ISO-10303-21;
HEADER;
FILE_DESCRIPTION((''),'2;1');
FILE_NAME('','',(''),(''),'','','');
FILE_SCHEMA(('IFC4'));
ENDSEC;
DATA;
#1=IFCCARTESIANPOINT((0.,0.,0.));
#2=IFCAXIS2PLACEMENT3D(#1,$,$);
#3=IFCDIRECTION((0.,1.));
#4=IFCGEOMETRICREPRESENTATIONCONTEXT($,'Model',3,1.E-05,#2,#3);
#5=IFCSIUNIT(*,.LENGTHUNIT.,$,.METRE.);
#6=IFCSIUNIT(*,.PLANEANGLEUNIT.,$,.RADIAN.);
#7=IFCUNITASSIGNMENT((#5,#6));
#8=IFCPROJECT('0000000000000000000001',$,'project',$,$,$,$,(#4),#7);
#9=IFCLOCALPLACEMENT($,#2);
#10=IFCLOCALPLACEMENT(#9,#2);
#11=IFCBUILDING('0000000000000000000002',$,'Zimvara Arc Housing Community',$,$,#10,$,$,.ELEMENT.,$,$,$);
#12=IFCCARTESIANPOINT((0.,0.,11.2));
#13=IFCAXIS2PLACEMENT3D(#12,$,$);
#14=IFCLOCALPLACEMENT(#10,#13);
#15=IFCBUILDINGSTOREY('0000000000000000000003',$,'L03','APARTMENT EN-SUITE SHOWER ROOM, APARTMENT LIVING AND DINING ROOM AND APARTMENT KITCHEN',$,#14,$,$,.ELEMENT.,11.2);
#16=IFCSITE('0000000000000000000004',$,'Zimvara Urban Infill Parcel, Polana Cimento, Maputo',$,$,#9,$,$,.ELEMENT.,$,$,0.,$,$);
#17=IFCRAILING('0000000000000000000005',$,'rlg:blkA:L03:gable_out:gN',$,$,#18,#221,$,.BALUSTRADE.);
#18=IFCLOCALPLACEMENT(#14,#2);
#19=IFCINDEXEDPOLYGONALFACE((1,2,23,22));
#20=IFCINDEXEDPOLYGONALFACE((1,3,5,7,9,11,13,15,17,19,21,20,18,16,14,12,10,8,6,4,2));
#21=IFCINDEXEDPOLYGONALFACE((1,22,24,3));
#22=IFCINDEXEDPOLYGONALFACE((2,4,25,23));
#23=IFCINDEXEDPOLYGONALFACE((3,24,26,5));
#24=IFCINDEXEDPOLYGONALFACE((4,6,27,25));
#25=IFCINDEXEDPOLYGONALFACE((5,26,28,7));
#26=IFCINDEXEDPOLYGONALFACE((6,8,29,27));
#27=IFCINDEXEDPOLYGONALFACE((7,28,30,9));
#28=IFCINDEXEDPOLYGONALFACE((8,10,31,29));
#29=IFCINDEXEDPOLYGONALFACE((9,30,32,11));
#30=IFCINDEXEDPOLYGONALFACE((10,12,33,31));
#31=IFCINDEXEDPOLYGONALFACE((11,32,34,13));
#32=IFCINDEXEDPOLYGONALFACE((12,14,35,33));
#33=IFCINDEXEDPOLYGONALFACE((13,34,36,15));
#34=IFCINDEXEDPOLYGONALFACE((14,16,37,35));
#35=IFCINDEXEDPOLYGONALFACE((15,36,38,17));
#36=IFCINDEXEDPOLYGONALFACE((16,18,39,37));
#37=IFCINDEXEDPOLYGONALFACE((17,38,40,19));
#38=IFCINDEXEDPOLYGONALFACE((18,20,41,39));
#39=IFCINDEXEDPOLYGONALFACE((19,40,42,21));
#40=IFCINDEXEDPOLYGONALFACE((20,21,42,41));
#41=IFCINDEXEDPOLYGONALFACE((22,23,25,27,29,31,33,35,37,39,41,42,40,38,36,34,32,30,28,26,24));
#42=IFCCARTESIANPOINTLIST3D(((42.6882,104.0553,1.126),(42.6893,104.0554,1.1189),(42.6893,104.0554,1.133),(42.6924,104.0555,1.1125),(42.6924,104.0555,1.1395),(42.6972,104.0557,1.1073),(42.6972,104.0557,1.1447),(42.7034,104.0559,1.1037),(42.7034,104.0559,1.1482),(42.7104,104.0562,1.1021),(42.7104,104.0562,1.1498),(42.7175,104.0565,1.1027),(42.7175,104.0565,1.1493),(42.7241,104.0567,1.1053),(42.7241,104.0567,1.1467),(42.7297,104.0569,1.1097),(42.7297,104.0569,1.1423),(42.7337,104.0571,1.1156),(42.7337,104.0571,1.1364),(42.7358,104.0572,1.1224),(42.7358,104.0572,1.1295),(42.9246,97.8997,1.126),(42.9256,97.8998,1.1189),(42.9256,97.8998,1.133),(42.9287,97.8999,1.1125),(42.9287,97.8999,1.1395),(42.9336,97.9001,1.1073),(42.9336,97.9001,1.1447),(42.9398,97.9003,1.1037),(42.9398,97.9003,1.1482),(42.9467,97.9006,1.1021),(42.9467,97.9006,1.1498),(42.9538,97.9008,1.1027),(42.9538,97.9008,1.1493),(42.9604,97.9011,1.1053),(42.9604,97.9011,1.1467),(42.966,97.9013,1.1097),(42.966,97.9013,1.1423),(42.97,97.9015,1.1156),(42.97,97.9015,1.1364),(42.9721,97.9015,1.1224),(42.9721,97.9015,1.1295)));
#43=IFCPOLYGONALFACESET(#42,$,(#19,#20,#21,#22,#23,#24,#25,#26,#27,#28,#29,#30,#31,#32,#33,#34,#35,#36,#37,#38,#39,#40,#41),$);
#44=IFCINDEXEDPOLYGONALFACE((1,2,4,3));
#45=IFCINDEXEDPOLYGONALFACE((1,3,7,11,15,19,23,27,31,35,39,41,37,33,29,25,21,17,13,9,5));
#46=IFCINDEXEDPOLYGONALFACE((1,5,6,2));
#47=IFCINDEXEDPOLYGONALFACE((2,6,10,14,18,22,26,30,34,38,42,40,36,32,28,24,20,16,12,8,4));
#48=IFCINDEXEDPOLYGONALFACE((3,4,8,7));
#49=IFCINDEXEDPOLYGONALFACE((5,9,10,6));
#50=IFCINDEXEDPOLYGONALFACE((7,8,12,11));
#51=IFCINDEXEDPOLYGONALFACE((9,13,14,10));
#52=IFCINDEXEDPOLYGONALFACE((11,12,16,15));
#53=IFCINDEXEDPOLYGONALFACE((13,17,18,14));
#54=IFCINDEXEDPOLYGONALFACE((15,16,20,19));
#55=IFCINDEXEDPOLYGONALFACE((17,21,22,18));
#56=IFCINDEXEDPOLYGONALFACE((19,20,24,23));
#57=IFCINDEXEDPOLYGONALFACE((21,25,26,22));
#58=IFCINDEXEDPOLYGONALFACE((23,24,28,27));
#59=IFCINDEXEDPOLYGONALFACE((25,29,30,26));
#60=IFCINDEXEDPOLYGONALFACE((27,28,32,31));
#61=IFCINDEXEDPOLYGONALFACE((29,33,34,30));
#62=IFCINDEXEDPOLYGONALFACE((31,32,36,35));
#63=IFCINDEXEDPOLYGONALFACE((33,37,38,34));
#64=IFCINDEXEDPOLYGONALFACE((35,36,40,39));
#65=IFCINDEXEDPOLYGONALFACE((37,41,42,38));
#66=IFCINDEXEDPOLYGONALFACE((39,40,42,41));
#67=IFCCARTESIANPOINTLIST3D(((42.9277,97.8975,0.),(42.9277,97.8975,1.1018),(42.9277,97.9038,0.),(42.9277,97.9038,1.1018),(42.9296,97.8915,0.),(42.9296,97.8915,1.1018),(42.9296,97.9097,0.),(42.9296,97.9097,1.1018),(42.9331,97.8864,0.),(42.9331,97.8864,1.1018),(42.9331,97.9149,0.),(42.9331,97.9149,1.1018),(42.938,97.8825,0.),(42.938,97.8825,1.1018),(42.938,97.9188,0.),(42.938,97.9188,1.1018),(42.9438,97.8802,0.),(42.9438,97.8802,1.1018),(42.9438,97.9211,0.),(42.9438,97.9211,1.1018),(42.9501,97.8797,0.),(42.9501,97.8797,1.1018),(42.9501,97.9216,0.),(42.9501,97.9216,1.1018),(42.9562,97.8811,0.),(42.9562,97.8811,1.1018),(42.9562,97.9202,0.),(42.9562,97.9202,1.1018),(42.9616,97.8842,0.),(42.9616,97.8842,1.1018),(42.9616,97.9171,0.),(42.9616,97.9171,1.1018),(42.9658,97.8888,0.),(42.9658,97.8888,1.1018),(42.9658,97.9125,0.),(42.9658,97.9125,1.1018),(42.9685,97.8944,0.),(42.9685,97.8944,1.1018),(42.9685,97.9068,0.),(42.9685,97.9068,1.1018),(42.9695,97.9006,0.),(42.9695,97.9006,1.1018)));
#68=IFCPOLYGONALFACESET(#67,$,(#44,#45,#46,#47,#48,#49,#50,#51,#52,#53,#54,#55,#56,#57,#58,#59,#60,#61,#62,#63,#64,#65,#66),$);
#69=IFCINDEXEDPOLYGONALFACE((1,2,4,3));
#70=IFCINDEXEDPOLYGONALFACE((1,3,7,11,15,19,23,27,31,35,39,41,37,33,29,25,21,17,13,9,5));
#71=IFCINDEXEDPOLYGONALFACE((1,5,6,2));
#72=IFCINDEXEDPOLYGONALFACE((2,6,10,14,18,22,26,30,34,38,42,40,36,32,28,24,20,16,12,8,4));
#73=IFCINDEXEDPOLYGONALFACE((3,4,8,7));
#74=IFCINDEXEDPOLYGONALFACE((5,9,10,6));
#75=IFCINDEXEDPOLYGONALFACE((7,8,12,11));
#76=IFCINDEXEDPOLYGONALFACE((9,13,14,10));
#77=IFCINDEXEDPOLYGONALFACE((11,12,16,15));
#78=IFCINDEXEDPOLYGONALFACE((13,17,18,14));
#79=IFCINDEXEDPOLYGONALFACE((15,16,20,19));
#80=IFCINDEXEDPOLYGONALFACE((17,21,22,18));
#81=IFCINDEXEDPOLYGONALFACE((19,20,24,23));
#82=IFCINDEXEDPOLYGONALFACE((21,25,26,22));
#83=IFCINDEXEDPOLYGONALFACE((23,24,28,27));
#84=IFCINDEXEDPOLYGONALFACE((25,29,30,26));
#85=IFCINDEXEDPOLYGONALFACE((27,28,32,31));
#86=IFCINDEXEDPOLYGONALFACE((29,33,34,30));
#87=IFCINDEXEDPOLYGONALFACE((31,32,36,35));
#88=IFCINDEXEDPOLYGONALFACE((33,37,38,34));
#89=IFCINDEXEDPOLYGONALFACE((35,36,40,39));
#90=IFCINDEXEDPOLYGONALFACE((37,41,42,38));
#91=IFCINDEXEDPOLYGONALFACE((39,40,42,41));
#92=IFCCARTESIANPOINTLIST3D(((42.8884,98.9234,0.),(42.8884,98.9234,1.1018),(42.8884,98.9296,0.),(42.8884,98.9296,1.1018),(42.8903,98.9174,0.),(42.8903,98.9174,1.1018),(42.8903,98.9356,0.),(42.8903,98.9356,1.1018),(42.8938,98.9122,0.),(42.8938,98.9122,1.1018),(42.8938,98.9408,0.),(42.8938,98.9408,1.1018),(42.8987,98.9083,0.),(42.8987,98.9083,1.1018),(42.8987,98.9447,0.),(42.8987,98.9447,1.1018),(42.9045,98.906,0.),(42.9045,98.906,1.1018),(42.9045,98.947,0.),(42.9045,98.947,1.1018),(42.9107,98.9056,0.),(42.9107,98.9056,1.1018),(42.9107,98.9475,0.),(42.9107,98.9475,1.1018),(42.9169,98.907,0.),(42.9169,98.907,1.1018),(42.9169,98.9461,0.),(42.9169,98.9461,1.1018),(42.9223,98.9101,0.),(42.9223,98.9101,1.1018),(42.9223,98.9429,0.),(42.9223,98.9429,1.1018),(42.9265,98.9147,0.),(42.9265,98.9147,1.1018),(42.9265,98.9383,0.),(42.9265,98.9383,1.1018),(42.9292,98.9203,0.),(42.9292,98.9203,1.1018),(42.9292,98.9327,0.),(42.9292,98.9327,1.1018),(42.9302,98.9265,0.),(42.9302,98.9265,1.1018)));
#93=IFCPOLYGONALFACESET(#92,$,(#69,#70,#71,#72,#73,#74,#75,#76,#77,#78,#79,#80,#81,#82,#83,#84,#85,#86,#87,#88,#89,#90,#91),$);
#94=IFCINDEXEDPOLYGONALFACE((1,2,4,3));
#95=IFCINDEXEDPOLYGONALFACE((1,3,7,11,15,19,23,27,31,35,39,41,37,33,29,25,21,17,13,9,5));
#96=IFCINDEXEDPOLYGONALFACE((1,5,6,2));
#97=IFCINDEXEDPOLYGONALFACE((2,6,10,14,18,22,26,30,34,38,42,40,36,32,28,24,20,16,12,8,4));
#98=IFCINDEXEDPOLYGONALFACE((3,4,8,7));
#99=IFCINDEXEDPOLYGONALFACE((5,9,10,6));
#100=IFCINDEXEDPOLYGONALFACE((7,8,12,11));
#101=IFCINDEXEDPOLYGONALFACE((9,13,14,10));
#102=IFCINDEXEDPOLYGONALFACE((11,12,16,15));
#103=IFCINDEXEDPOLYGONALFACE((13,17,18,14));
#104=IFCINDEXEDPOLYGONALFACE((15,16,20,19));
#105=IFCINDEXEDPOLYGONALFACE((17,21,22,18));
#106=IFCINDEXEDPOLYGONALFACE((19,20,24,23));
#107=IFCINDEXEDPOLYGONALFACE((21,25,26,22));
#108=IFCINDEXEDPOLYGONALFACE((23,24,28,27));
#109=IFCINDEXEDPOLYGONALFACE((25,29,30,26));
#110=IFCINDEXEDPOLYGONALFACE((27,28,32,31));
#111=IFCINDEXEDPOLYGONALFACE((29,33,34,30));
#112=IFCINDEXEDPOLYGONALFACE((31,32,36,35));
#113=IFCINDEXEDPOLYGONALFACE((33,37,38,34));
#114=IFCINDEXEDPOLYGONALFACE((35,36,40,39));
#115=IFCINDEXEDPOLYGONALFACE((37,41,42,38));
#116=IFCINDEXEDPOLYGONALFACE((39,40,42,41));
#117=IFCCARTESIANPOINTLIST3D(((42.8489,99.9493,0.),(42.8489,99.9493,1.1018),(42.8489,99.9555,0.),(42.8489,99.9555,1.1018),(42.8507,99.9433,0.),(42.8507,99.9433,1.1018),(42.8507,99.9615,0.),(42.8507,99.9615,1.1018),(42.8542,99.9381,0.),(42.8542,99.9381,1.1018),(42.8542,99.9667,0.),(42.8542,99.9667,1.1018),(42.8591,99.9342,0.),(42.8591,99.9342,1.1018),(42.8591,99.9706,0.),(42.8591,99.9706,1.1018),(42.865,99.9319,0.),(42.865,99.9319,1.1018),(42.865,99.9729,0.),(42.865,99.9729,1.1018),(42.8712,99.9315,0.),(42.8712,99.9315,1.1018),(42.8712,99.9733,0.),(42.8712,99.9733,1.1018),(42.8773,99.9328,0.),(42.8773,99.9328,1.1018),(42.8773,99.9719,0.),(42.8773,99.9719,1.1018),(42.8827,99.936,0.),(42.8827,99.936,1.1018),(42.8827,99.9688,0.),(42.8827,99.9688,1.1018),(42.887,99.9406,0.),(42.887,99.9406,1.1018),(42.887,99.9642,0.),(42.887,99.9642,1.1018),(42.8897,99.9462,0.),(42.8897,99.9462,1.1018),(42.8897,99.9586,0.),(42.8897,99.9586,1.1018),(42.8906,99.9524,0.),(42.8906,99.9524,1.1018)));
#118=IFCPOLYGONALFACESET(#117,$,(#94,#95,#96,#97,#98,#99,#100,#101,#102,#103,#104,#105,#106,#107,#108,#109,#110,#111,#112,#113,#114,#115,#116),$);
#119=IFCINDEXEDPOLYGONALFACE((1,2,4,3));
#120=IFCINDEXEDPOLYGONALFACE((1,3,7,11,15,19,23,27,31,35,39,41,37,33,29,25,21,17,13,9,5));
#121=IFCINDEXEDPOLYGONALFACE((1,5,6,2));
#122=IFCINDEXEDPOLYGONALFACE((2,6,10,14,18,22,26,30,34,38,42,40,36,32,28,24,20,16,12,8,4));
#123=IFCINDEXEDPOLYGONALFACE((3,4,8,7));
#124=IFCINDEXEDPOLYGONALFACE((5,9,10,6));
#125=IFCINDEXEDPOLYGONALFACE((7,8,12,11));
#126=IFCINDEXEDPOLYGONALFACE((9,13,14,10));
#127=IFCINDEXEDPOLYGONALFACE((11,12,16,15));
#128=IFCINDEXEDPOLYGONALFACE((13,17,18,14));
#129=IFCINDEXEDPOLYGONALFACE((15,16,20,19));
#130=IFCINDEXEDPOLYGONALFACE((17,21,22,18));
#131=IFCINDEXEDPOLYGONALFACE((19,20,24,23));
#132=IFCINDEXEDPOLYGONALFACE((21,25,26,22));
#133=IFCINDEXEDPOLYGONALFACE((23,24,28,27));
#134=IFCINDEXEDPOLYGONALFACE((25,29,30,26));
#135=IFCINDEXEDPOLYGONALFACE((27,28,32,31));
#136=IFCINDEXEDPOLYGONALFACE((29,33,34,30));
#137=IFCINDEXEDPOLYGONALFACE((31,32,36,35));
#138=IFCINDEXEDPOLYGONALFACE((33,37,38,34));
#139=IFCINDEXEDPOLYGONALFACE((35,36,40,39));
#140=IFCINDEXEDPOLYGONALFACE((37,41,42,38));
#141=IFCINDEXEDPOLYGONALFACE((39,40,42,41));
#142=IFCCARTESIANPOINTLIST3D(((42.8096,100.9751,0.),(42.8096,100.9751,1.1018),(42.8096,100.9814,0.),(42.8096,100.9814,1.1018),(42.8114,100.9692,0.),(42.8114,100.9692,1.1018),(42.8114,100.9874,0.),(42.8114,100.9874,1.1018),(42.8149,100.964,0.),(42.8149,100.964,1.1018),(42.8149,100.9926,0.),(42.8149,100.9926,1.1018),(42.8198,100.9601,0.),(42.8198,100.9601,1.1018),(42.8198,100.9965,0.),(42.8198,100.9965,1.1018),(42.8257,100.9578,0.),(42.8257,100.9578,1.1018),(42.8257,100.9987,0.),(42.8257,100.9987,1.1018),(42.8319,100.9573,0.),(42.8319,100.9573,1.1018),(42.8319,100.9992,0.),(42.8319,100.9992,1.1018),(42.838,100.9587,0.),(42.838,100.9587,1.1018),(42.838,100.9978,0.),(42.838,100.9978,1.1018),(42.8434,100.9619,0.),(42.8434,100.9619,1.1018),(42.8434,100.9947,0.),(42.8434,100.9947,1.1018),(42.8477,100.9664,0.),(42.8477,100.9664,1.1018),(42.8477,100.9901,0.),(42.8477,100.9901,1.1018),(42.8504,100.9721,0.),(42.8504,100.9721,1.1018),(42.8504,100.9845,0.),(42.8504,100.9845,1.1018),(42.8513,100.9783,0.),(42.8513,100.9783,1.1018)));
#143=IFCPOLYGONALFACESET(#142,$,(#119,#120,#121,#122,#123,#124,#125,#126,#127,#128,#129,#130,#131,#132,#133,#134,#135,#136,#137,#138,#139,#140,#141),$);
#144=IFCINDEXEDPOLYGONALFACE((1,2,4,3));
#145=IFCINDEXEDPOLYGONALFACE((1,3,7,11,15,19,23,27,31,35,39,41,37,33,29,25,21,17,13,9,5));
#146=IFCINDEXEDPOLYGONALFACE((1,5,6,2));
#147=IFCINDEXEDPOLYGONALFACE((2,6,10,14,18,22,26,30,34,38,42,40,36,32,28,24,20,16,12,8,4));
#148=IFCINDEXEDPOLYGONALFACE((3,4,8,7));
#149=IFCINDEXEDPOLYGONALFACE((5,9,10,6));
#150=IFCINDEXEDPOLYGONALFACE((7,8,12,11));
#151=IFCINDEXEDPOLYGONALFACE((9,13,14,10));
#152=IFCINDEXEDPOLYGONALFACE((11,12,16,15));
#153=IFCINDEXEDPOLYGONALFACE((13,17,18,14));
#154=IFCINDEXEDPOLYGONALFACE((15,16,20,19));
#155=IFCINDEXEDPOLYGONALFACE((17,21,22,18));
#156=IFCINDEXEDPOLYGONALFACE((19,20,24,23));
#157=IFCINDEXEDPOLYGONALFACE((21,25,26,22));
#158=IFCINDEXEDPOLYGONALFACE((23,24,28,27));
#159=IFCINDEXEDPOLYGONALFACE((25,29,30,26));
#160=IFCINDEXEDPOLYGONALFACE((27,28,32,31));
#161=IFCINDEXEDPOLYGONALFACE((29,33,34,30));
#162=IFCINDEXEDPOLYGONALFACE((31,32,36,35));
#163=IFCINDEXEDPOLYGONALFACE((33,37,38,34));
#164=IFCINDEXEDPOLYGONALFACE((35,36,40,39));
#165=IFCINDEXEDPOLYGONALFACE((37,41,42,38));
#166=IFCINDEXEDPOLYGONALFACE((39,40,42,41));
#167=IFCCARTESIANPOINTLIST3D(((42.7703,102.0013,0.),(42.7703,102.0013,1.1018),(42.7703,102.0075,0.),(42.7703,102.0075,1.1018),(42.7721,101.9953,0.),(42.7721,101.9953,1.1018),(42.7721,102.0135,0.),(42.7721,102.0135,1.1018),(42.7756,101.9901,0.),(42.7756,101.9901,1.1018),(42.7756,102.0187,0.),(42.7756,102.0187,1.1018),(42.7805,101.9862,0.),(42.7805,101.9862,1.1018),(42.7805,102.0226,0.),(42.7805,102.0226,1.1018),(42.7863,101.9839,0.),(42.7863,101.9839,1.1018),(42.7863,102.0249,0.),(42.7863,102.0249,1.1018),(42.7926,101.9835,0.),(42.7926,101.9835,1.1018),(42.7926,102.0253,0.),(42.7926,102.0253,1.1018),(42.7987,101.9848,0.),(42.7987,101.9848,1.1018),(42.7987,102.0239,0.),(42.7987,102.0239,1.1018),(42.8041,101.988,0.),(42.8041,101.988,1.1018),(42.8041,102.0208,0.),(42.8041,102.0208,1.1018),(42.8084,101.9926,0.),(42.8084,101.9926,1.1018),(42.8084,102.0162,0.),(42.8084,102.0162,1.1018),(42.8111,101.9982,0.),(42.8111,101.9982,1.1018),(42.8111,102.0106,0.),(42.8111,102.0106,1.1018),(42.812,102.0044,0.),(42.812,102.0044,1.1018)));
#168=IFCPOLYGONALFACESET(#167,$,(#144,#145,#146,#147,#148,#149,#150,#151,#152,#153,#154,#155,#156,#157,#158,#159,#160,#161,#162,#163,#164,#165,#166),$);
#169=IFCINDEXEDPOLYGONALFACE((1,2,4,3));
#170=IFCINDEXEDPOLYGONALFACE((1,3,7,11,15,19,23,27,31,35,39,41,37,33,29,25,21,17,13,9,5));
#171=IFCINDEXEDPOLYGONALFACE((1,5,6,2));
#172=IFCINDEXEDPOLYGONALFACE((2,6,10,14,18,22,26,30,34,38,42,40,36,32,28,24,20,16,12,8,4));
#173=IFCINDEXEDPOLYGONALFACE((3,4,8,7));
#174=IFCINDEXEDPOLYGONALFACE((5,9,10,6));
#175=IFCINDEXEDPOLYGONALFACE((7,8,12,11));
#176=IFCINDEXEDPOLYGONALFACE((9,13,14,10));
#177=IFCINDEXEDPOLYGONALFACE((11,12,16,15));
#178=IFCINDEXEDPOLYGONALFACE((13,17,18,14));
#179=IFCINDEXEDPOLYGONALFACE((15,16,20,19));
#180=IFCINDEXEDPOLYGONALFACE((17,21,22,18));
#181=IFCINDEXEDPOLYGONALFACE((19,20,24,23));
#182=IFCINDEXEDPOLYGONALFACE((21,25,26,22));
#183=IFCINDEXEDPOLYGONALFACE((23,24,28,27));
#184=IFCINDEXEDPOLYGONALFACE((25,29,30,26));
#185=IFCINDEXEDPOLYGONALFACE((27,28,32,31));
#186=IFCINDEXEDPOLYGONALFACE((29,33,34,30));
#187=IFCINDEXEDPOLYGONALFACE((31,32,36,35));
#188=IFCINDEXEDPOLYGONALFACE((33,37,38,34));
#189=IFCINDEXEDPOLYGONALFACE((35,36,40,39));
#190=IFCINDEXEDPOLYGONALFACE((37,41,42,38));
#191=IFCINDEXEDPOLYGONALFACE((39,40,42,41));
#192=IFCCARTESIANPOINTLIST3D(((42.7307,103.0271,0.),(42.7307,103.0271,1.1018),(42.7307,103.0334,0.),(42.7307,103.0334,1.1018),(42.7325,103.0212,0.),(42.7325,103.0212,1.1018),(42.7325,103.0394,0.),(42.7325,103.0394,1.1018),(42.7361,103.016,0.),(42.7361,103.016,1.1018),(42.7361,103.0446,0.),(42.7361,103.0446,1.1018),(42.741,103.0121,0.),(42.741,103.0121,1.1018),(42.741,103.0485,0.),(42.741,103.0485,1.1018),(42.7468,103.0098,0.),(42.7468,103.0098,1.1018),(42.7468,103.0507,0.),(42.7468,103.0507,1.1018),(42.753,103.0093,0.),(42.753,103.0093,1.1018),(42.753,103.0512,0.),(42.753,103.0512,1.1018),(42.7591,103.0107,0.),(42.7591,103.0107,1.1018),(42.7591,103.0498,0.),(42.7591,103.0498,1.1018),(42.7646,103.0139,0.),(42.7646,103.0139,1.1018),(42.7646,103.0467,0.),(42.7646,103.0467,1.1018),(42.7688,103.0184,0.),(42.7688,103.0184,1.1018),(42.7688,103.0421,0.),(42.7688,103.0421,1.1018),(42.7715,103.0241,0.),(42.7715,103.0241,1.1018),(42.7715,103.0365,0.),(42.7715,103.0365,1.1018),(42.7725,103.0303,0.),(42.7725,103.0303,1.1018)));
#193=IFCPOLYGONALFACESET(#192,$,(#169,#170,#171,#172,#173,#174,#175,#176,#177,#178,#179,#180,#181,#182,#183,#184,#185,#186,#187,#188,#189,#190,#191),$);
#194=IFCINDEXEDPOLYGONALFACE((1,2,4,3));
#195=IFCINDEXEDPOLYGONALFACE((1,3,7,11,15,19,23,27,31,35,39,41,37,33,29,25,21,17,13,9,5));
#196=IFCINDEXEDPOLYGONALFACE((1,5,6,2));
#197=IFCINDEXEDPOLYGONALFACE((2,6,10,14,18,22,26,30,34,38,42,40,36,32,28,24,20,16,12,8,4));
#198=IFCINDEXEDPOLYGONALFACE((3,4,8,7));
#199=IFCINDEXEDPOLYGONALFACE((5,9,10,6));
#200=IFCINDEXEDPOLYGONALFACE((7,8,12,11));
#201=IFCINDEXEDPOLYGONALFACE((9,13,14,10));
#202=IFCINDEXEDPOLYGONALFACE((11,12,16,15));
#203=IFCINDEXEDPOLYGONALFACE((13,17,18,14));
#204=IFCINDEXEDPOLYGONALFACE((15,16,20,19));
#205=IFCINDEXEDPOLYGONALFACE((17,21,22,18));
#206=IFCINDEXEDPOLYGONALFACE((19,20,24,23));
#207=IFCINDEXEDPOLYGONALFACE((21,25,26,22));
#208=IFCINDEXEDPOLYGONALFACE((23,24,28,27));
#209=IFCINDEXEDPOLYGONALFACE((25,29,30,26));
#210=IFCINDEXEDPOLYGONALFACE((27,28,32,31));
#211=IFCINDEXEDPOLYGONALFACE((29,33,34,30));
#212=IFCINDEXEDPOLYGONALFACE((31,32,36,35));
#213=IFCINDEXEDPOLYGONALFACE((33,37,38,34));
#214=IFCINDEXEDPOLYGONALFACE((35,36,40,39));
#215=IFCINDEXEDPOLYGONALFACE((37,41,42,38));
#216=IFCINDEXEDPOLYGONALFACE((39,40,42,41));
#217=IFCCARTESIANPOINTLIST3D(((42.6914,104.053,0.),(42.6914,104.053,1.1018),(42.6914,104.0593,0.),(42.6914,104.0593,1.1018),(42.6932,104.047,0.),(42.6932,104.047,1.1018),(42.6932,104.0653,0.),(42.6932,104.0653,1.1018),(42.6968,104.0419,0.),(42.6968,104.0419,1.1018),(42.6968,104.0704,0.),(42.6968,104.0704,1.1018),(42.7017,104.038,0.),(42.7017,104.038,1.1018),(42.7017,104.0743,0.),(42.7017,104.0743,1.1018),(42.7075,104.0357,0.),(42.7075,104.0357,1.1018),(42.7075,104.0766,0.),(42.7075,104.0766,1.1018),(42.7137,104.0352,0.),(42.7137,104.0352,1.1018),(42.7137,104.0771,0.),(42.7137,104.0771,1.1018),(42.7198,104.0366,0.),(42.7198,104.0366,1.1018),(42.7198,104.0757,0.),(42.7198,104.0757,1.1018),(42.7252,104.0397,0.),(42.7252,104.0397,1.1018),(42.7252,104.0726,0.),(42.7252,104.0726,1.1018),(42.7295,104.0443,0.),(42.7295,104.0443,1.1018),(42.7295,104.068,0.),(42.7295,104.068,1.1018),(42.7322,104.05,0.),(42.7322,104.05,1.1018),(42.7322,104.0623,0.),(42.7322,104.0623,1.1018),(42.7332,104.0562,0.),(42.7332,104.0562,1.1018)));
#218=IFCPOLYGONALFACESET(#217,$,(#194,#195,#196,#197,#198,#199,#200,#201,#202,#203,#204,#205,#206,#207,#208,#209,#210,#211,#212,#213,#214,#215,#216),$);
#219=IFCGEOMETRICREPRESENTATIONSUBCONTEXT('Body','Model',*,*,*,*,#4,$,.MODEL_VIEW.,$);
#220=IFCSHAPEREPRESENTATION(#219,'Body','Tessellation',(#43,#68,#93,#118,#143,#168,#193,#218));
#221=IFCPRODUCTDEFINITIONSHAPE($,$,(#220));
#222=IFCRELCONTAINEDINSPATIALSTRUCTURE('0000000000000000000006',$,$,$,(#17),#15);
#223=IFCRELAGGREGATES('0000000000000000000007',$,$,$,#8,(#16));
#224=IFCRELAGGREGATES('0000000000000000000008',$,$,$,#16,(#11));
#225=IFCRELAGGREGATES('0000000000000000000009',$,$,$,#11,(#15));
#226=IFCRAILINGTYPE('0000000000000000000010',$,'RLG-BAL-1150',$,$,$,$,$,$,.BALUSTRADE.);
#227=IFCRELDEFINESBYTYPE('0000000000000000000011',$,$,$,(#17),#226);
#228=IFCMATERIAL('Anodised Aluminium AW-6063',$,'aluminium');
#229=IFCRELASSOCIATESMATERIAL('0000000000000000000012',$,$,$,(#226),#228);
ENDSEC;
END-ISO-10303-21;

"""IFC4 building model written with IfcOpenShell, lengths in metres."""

from ifc_helpers import new_model, si_unit, direction, frame, origin, origin_2d, place, context, subcontext, project, spatial, circle, extrude, material, type_object, element, save


model = new_model("IFC4")

# Units and contexts
model_context = context("Model", 3, precision=1e-05, world=origin(), true_north=direction((0.0, 1.0)))
body_context = subcontext(model_context, "Body", "Model", "MODEL_VIEW")
ifc_project = project(units=[si_unit("LENGTHUNIT", "METRE"), si_unit("PLANEANGLEUNIT", "RADIAN")], contexts=[model_context])

# Site, building, storey
site_placement = place(None, origin())
site = spatial("IfcSite", under=ifc_project, at=site_placement, Name="Zimvara Urban Infill Parcel, Polana Cimento, Maputo", CompositionType="ELEMENT", RefElevation=0.0)
building_placement = place(site_placement, origin())
building = spatial("IfcBuilding", under=site, at=building_placement, Name="Zimvara Arc Housing Community", CompositionType="ELEMENT")
storey_placement = place(building_placement, frame((0.0, 0.0, 11.2)))
storey = spatial("IfcBuildingStorey", under=building, at=storey_placement, Name="L03", Description="APARTMENT EN-SUITE SHOWER ROOM, APARTMENT LIVING AND DINING ROOM AND APARTMENT KITCHEN", CompositionType="ELEMENT", Elevation=11.2)

# Railing
ifc_material_1 = material(Name="Anodised Aluminium AW-6063", Category="aluminium")
railing_type = type_object("IfcRailingType", Name="RLG-BAL-1150", PredefinedType="BALUSTRADE", material=ifc_material_1)
railing_placement = place(storey_placement, frame((42.9485, 97.9006, 0.0)))
element("IfcRailing", 1, at=railing_placement, inside=storey, type_object=railing_type, Name="rlg:blkA:L03:gable_out:gN", PredefinedType="BALUSTRADE", context=body_context, shape_type="SweptSolid", body=[
    extrude(circle(Radius=0.0239, at=origin_2d()), frame((0.0, 0.0, 1.126), z_axis=(-0.038365, 0.999264, 0.0), x_axis=(-0.999264, -0.038365, 0.0)), (0.0, 0.0, 1.0), 6.1602),
    extrude(circle(Radius=0.021, at=origin_2d()), origin(), (0.0, 0.0, 1.0), 1.1018),
    extrude(circle(Radius=0.021, at=origin_2d()), frame((-0.0393, 1.0259, 0.0)), (0.0, 0.0, 1.0), 1.1018),
    extrude(circle(Radius=0.021, at=origin_2d()), frame((-0.0789, 2.0518, 0.0)), (0.0, 0.0, 1.0), 1.1018),
    extrude(circle(Radius=0.021, at=origin_2d()), frame((-0.1182, 3.0776, 0.0)), (0.0, 0.0, 1.0), 1.1018),
    extrude(circle(Radius=0.021, at=origin_2d()), frame((-0.1575, 4.1038, 0.0)), (0.0, 0.0, 1.0), 1.1018),
    extrude(circle(Radius=0.021, at=origin_2d()), frame((-0.197, 5.1296, 0.0)), (0.0, 0.0, 1.0), 1.1018),
    extrude(circle(Radius=0.021, at=origin_2d()), frame((-0.2363, 6.1555, 0.0)), (0.0, 0.0, 1.0), 1.1018),
])

save(model, "model.ifc")
